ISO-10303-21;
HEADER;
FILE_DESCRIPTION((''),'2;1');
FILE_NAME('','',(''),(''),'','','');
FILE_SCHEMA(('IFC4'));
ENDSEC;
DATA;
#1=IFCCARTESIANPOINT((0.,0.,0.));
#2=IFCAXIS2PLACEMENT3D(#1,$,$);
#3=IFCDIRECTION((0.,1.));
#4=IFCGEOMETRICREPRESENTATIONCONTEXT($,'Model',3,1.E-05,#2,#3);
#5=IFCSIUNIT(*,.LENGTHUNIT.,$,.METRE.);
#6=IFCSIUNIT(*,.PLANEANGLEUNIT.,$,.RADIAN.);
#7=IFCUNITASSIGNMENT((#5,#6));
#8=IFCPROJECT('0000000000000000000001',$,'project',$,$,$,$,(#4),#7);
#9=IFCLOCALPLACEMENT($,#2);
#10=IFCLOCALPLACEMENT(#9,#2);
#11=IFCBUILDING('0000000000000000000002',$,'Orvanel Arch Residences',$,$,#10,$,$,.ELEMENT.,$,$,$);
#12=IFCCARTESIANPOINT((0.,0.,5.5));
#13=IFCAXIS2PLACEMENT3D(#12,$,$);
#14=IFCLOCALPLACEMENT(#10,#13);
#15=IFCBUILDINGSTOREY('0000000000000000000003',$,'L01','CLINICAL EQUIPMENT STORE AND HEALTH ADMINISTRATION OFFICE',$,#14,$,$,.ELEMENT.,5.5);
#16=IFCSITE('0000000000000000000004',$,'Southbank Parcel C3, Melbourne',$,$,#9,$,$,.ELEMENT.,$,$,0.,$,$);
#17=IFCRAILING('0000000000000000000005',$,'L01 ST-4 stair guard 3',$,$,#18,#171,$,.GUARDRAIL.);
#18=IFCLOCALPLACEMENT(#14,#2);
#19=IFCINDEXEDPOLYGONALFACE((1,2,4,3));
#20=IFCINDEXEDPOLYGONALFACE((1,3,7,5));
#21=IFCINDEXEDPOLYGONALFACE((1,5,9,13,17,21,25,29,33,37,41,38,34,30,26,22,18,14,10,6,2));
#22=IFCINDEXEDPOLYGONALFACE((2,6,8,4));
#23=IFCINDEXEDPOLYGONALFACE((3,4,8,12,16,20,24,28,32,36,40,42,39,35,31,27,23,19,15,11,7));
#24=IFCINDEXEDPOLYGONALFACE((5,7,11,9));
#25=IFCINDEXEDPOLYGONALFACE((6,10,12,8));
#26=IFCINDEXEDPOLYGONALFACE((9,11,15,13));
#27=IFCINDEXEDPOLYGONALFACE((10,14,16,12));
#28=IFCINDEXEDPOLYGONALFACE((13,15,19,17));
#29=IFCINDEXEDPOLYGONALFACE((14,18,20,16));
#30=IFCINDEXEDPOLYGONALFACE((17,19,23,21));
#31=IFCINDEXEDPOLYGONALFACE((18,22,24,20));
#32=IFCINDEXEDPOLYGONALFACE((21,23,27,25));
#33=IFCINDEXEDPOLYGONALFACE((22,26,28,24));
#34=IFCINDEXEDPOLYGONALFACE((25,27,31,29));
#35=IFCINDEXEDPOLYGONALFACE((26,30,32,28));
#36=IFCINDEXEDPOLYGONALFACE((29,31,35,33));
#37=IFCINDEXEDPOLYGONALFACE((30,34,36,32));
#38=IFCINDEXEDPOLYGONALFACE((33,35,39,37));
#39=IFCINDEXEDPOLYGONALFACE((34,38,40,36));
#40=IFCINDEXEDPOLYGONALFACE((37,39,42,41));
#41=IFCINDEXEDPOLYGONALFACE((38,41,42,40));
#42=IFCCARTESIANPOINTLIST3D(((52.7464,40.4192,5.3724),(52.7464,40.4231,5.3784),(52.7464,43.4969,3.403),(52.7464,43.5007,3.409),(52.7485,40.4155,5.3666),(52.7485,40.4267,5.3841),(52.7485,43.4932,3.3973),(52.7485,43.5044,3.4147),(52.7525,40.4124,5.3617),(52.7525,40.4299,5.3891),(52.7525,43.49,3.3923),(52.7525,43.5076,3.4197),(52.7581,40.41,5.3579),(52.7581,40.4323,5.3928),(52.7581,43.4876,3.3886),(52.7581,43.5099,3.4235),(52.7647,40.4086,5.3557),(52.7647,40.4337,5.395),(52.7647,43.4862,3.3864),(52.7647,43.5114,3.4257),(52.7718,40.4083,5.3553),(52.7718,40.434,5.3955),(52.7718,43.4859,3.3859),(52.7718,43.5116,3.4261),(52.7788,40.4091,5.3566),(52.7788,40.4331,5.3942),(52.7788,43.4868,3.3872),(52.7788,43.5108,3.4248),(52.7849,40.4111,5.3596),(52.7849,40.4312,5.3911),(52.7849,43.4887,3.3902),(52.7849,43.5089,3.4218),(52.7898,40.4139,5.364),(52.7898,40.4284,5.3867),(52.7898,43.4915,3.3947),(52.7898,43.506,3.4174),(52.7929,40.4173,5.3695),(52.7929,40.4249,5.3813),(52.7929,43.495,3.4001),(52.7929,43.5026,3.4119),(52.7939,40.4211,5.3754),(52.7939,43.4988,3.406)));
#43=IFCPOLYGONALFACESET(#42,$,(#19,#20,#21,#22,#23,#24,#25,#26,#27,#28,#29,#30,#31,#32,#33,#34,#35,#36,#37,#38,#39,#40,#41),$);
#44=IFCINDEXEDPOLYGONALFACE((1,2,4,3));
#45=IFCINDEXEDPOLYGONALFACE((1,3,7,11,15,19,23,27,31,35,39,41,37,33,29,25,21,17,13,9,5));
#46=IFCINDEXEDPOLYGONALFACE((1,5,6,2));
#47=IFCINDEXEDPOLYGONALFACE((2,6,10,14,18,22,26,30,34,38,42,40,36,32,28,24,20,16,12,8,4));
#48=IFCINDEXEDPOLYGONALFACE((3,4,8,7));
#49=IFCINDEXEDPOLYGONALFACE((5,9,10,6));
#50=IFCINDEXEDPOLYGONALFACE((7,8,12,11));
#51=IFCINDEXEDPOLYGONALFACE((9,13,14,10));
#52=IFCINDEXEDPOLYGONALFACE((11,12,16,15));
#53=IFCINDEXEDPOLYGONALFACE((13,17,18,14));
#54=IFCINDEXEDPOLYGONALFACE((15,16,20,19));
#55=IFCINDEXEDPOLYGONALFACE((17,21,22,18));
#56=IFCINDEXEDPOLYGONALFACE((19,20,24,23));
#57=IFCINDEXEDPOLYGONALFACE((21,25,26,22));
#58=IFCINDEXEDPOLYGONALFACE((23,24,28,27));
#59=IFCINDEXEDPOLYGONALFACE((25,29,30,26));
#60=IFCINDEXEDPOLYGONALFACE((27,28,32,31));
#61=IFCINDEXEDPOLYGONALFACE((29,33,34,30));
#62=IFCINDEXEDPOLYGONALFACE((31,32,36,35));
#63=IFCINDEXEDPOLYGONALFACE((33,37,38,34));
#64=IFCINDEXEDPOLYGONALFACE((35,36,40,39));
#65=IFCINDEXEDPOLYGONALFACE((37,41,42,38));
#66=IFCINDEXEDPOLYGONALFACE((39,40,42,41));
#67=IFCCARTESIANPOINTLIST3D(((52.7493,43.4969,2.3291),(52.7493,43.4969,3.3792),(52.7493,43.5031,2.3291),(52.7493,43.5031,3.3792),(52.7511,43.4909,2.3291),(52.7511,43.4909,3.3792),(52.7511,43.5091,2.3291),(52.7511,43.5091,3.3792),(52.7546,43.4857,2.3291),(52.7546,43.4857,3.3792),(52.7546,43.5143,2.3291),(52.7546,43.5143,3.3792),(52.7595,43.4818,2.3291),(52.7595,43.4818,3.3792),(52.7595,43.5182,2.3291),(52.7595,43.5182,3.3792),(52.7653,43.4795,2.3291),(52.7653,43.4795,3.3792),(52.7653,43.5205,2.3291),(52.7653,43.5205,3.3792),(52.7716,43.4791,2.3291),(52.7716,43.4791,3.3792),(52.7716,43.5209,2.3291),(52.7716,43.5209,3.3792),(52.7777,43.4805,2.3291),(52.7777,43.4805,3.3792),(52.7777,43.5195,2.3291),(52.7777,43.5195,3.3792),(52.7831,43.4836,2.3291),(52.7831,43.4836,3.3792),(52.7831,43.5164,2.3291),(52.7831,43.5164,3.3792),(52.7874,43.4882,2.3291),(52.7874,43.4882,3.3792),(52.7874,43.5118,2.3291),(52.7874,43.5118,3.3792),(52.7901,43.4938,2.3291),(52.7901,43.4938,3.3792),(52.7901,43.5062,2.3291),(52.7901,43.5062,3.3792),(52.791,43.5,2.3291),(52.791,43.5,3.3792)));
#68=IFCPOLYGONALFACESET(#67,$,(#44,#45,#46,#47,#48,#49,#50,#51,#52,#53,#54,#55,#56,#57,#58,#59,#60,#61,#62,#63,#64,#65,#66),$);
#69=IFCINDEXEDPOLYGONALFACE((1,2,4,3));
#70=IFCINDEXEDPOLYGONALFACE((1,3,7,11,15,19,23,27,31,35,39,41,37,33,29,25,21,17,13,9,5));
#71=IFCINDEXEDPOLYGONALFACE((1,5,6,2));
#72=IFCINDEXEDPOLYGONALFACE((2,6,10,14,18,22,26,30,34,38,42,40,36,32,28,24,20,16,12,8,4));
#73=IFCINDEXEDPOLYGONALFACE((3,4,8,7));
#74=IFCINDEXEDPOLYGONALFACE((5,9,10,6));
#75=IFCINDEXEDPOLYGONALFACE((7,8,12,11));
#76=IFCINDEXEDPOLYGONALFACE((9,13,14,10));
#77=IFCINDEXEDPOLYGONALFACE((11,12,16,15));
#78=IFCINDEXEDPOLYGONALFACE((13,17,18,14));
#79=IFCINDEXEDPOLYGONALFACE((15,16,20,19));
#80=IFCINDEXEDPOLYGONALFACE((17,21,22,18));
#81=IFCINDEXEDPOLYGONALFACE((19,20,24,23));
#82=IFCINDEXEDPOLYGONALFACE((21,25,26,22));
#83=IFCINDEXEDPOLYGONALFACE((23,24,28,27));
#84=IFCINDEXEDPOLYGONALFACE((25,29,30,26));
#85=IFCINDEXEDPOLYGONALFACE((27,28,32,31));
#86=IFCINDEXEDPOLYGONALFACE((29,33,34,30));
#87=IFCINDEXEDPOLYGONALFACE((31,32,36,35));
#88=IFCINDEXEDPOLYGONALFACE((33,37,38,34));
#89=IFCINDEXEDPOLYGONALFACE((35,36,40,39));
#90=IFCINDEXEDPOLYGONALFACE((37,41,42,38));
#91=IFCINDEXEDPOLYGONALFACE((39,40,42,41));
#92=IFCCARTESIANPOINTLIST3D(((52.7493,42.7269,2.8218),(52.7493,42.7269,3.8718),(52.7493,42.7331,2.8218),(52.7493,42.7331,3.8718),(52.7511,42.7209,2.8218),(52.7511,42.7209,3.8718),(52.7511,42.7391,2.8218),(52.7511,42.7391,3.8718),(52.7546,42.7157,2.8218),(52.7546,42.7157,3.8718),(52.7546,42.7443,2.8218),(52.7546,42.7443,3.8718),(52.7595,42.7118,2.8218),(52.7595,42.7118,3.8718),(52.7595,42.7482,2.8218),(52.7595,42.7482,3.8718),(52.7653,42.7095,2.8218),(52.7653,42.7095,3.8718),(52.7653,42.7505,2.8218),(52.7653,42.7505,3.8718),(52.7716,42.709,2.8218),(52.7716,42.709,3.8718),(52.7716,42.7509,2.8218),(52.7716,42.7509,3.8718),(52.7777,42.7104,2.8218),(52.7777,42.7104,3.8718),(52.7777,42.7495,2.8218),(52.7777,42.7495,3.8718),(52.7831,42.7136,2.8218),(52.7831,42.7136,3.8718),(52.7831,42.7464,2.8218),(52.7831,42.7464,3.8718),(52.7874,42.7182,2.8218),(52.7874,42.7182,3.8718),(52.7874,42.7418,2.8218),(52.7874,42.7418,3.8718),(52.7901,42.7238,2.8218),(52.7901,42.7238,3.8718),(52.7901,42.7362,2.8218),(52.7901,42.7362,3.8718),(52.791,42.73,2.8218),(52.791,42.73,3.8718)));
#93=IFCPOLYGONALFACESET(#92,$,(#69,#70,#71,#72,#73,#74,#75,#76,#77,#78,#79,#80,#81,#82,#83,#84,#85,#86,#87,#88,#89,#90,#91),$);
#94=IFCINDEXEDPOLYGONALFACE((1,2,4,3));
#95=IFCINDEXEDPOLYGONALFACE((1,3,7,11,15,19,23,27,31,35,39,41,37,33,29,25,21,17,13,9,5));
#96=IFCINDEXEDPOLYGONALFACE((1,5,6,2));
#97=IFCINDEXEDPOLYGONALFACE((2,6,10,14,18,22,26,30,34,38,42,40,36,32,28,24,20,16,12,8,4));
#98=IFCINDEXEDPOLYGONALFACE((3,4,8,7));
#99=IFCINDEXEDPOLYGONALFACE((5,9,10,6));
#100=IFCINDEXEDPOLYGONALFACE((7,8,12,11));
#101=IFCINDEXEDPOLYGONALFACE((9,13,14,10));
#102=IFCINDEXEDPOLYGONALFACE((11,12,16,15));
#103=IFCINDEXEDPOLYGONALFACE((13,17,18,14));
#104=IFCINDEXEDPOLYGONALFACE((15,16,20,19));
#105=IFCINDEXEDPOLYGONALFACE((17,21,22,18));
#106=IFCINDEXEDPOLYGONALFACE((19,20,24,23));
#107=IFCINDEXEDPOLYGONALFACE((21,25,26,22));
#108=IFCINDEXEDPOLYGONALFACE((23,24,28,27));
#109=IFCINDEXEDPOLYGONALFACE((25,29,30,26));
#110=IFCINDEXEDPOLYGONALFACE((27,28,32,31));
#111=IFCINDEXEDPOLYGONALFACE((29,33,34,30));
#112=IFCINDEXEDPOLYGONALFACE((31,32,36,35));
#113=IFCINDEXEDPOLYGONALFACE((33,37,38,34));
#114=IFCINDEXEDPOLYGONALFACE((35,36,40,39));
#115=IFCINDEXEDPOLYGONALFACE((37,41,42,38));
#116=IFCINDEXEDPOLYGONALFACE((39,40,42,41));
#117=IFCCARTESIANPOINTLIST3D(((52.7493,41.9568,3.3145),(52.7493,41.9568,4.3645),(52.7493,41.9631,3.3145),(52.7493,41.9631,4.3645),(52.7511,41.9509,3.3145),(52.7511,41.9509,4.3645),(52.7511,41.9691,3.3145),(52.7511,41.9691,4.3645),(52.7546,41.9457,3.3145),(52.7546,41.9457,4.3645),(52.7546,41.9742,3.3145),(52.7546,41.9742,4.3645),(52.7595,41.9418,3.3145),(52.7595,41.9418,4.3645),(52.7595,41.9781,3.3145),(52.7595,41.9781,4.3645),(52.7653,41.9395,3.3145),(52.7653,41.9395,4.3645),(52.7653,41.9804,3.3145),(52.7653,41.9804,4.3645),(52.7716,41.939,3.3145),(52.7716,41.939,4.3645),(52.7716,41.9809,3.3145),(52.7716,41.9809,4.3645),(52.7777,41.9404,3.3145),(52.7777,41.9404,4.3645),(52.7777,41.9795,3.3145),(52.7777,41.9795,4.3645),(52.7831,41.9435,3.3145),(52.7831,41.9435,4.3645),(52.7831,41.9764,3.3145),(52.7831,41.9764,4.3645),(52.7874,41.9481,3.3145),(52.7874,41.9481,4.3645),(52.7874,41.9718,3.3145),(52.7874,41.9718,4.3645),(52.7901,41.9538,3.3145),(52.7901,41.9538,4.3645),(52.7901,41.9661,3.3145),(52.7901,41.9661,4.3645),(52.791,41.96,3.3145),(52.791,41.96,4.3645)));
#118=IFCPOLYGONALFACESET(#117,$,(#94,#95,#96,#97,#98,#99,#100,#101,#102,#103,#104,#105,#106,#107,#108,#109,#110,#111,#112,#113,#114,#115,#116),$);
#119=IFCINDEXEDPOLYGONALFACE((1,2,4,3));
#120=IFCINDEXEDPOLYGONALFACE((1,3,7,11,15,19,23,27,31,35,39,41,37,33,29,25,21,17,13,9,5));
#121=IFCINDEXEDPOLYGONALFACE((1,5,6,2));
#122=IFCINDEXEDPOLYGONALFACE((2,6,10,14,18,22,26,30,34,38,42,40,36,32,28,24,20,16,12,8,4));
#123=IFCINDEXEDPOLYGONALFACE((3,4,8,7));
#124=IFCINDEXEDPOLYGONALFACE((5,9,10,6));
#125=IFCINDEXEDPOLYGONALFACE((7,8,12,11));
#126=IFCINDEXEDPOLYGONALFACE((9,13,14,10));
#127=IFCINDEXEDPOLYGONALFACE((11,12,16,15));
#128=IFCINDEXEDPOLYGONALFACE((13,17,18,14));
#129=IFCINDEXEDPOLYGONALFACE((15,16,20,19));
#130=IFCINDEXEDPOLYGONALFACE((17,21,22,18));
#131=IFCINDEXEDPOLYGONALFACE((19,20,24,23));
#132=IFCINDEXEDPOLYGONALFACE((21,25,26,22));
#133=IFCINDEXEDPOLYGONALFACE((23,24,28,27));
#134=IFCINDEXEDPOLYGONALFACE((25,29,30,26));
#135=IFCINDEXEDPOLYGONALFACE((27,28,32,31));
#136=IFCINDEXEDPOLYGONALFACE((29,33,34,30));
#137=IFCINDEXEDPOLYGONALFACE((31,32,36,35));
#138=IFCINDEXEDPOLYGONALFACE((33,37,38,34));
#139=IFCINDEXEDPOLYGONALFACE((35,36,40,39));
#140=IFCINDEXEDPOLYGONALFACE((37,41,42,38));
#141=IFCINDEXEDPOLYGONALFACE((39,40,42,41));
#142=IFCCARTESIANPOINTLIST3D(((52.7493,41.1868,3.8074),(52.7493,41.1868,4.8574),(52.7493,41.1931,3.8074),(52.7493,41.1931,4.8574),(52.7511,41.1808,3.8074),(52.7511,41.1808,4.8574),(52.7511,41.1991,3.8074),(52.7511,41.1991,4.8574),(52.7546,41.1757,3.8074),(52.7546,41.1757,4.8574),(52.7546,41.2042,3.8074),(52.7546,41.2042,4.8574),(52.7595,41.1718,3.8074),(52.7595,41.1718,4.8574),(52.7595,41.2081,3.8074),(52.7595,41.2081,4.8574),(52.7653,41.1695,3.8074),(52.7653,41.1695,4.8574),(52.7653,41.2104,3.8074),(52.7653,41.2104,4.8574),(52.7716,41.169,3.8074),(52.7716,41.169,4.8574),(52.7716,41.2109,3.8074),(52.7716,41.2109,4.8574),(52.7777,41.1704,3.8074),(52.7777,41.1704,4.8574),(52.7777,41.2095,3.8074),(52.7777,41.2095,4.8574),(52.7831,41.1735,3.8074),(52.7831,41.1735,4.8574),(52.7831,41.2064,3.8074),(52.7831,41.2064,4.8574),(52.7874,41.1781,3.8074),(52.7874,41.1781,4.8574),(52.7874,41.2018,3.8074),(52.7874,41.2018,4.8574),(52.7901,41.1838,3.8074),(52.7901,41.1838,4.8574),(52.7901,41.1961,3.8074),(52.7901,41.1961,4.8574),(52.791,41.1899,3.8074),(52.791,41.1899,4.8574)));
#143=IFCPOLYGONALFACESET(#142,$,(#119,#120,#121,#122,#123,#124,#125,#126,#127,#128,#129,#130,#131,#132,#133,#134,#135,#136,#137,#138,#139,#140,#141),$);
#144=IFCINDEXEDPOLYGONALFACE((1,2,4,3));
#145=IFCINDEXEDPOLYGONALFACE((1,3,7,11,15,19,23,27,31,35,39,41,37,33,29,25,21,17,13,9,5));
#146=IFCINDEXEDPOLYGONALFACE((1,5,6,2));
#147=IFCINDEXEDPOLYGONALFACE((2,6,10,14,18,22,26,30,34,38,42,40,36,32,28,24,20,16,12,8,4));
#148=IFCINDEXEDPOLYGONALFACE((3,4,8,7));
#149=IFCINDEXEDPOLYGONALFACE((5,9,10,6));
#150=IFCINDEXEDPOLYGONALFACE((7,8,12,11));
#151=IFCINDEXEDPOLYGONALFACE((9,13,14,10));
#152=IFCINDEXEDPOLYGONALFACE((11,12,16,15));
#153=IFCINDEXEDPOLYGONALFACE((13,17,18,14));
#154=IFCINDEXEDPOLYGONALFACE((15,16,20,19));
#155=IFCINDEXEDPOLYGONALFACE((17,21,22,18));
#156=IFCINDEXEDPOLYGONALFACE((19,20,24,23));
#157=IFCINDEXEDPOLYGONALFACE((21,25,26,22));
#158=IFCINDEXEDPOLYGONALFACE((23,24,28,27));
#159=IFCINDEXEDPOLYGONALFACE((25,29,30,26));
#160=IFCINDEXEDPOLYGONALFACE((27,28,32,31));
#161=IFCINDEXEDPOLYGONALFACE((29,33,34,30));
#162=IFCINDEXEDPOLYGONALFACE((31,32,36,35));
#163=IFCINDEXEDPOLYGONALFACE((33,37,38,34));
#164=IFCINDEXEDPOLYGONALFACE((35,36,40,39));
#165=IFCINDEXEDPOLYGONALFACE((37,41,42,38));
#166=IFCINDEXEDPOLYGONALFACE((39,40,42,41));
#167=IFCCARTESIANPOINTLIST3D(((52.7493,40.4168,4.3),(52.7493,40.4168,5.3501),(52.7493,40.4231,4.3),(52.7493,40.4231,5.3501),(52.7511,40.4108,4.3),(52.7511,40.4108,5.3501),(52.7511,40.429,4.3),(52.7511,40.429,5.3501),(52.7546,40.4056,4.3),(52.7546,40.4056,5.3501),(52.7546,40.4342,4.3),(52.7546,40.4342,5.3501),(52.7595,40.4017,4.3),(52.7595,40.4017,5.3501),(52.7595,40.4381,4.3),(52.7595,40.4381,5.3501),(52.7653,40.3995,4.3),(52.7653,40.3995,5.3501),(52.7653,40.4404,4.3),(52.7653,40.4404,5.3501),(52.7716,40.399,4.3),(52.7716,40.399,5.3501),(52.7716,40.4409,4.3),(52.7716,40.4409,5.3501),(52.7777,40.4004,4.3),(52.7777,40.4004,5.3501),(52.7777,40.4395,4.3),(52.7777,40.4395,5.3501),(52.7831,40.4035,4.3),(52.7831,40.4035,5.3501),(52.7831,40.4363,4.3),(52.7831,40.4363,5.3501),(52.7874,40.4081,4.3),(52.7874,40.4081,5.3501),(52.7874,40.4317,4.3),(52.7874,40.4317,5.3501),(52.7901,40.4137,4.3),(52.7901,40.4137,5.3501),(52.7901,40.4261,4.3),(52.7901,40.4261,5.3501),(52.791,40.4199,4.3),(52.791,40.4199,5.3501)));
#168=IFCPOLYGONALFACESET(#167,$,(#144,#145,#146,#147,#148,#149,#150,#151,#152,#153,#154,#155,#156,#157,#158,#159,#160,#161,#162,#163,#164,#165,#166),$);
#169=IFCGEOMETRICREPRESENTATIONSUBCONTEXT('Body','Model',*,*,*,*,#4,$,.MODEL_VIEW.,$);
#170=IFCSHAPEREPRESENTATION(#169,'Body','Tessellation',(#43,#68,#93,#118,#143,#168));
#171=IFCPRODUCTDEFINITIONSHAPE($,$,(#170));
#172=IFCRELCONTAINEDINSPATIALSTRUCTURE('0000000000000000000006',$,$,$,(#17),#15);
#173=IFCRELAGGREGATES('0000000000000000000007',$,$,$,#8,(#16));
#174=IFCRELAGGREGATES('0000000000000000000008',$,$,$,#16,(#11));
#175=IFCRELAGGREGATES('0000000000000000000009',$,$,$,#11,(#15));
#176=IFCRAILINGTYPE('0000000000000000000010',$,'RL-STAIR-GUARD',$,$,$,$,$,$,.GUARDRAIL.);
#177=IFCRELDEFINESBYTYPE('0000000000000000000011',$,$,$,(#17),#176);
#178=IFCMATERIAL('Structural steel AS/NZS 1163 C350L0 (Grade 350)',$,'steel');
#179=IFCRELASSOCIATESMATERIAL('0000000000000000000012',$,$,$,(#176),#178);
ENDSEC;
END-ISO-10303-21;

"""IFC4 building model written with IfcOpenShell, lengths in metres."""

from ifc_helpers import new_model, si_unit, direction, frame, origin, origin_2d, place, context, subcontext, project, spatial, circle, extrude, material, type_object, element, save


model = new_model("IFC4")

# Units and contexts
model_context = context("Model", 3, precision=1e-05, world=origin(), true_north=direction((0.0, 1.0)))
body_context = subcontext(model_context, "Body", "Model", "MODEL_VIEW")
ifc_project = project(units=[si_unit("LENGTHUNIT", "METRE"), si_unit("PLANEANGLEUNIT", "RADIAN")], contexts=[model_context])

# Site, building, storey
site_placement = place(None, origin())
site = spatial("IfcSite", under=ifc_project, at=site_placement, Name="Southbank Parcel C3, Melbourne", CompositionType="ELEMENT", RefElevation=0.0)
building_placement = place(site_placement, origin())
building = spatial("IfcBuilding", under=site, at=building_placement, Name="Orvanel Arch Residences", CompositionType="ELEMENT")
storey_placement = place(building_placement, frame((0.0, 0.0, 5.5)))
storey = spatial("IfcBuildingStorey", under=building, at=storey_placement, Name="L01", Description="CLINICAL EQUIPMENT STORE AND HEALTH ADMINISTRATION OFFICE", CompositionType="ELEMENT", Elevation=5.5)

# Railing
ifc_material_1 = material(Name="Structural steel AS/NZS 1163 C350L0 (Grade 350)", Category="steel")
railing_type_1 = type_object("IfcRailingType", Name="RL-STAIR-GUARD", PredefinedType="GUARDRAIL", material=ifc_material_1)
railing_1_placement = place(storey_placement, frame((52.77, 43.5, 2.3291)))
element("IfcRailing", 1, at=railing_1_placement, inside=storey, type_object=railing_type_1, Name="L01 ST-4 stair guard 3", PredefinedType="GUARDRAIL", context=body_context, shape_type="SweptSolid", body=[
    extrude(circle(Radius=0.0239, at=origin_2d()), frame((0.0, -0.0012, 1.0769), z_axis=(0.0, -0.842309, 0.538995), x_axis=(1.0, 0.0, 0.0)), (0.0, 0.0, 1.0), 3.6538),
    extrude(circle(Radius=0.021, at=origin_2d()), origin(), (0.0, 0.0, 1.0), 1.05),
    extrude(circle(Radius=0.021, at=origin_2d()), frame((0.0, -0.77, 0.4927)), (0.0, 0.0, 1.0), 1.05),
    extrude(circle(Radius=0.021, at=origin_2d()), frame((0.0, -1.54, 0.9854)), (0.0, 0.0, 1.0), 1.05),
    extrude(circle(Radius=0.021, at=origin_2d()), frame((0.0, -2.3101, 1.4783)), (0.0, 0.0, 1.0), 1.05),
    extrude(circle(Radius=0.021, at=origin_2d()), frame((0.0, -3.0801, 1.9709)), (0.0, 0.0, 1.0), 1.05),
])

save(model, "model.ifc")
